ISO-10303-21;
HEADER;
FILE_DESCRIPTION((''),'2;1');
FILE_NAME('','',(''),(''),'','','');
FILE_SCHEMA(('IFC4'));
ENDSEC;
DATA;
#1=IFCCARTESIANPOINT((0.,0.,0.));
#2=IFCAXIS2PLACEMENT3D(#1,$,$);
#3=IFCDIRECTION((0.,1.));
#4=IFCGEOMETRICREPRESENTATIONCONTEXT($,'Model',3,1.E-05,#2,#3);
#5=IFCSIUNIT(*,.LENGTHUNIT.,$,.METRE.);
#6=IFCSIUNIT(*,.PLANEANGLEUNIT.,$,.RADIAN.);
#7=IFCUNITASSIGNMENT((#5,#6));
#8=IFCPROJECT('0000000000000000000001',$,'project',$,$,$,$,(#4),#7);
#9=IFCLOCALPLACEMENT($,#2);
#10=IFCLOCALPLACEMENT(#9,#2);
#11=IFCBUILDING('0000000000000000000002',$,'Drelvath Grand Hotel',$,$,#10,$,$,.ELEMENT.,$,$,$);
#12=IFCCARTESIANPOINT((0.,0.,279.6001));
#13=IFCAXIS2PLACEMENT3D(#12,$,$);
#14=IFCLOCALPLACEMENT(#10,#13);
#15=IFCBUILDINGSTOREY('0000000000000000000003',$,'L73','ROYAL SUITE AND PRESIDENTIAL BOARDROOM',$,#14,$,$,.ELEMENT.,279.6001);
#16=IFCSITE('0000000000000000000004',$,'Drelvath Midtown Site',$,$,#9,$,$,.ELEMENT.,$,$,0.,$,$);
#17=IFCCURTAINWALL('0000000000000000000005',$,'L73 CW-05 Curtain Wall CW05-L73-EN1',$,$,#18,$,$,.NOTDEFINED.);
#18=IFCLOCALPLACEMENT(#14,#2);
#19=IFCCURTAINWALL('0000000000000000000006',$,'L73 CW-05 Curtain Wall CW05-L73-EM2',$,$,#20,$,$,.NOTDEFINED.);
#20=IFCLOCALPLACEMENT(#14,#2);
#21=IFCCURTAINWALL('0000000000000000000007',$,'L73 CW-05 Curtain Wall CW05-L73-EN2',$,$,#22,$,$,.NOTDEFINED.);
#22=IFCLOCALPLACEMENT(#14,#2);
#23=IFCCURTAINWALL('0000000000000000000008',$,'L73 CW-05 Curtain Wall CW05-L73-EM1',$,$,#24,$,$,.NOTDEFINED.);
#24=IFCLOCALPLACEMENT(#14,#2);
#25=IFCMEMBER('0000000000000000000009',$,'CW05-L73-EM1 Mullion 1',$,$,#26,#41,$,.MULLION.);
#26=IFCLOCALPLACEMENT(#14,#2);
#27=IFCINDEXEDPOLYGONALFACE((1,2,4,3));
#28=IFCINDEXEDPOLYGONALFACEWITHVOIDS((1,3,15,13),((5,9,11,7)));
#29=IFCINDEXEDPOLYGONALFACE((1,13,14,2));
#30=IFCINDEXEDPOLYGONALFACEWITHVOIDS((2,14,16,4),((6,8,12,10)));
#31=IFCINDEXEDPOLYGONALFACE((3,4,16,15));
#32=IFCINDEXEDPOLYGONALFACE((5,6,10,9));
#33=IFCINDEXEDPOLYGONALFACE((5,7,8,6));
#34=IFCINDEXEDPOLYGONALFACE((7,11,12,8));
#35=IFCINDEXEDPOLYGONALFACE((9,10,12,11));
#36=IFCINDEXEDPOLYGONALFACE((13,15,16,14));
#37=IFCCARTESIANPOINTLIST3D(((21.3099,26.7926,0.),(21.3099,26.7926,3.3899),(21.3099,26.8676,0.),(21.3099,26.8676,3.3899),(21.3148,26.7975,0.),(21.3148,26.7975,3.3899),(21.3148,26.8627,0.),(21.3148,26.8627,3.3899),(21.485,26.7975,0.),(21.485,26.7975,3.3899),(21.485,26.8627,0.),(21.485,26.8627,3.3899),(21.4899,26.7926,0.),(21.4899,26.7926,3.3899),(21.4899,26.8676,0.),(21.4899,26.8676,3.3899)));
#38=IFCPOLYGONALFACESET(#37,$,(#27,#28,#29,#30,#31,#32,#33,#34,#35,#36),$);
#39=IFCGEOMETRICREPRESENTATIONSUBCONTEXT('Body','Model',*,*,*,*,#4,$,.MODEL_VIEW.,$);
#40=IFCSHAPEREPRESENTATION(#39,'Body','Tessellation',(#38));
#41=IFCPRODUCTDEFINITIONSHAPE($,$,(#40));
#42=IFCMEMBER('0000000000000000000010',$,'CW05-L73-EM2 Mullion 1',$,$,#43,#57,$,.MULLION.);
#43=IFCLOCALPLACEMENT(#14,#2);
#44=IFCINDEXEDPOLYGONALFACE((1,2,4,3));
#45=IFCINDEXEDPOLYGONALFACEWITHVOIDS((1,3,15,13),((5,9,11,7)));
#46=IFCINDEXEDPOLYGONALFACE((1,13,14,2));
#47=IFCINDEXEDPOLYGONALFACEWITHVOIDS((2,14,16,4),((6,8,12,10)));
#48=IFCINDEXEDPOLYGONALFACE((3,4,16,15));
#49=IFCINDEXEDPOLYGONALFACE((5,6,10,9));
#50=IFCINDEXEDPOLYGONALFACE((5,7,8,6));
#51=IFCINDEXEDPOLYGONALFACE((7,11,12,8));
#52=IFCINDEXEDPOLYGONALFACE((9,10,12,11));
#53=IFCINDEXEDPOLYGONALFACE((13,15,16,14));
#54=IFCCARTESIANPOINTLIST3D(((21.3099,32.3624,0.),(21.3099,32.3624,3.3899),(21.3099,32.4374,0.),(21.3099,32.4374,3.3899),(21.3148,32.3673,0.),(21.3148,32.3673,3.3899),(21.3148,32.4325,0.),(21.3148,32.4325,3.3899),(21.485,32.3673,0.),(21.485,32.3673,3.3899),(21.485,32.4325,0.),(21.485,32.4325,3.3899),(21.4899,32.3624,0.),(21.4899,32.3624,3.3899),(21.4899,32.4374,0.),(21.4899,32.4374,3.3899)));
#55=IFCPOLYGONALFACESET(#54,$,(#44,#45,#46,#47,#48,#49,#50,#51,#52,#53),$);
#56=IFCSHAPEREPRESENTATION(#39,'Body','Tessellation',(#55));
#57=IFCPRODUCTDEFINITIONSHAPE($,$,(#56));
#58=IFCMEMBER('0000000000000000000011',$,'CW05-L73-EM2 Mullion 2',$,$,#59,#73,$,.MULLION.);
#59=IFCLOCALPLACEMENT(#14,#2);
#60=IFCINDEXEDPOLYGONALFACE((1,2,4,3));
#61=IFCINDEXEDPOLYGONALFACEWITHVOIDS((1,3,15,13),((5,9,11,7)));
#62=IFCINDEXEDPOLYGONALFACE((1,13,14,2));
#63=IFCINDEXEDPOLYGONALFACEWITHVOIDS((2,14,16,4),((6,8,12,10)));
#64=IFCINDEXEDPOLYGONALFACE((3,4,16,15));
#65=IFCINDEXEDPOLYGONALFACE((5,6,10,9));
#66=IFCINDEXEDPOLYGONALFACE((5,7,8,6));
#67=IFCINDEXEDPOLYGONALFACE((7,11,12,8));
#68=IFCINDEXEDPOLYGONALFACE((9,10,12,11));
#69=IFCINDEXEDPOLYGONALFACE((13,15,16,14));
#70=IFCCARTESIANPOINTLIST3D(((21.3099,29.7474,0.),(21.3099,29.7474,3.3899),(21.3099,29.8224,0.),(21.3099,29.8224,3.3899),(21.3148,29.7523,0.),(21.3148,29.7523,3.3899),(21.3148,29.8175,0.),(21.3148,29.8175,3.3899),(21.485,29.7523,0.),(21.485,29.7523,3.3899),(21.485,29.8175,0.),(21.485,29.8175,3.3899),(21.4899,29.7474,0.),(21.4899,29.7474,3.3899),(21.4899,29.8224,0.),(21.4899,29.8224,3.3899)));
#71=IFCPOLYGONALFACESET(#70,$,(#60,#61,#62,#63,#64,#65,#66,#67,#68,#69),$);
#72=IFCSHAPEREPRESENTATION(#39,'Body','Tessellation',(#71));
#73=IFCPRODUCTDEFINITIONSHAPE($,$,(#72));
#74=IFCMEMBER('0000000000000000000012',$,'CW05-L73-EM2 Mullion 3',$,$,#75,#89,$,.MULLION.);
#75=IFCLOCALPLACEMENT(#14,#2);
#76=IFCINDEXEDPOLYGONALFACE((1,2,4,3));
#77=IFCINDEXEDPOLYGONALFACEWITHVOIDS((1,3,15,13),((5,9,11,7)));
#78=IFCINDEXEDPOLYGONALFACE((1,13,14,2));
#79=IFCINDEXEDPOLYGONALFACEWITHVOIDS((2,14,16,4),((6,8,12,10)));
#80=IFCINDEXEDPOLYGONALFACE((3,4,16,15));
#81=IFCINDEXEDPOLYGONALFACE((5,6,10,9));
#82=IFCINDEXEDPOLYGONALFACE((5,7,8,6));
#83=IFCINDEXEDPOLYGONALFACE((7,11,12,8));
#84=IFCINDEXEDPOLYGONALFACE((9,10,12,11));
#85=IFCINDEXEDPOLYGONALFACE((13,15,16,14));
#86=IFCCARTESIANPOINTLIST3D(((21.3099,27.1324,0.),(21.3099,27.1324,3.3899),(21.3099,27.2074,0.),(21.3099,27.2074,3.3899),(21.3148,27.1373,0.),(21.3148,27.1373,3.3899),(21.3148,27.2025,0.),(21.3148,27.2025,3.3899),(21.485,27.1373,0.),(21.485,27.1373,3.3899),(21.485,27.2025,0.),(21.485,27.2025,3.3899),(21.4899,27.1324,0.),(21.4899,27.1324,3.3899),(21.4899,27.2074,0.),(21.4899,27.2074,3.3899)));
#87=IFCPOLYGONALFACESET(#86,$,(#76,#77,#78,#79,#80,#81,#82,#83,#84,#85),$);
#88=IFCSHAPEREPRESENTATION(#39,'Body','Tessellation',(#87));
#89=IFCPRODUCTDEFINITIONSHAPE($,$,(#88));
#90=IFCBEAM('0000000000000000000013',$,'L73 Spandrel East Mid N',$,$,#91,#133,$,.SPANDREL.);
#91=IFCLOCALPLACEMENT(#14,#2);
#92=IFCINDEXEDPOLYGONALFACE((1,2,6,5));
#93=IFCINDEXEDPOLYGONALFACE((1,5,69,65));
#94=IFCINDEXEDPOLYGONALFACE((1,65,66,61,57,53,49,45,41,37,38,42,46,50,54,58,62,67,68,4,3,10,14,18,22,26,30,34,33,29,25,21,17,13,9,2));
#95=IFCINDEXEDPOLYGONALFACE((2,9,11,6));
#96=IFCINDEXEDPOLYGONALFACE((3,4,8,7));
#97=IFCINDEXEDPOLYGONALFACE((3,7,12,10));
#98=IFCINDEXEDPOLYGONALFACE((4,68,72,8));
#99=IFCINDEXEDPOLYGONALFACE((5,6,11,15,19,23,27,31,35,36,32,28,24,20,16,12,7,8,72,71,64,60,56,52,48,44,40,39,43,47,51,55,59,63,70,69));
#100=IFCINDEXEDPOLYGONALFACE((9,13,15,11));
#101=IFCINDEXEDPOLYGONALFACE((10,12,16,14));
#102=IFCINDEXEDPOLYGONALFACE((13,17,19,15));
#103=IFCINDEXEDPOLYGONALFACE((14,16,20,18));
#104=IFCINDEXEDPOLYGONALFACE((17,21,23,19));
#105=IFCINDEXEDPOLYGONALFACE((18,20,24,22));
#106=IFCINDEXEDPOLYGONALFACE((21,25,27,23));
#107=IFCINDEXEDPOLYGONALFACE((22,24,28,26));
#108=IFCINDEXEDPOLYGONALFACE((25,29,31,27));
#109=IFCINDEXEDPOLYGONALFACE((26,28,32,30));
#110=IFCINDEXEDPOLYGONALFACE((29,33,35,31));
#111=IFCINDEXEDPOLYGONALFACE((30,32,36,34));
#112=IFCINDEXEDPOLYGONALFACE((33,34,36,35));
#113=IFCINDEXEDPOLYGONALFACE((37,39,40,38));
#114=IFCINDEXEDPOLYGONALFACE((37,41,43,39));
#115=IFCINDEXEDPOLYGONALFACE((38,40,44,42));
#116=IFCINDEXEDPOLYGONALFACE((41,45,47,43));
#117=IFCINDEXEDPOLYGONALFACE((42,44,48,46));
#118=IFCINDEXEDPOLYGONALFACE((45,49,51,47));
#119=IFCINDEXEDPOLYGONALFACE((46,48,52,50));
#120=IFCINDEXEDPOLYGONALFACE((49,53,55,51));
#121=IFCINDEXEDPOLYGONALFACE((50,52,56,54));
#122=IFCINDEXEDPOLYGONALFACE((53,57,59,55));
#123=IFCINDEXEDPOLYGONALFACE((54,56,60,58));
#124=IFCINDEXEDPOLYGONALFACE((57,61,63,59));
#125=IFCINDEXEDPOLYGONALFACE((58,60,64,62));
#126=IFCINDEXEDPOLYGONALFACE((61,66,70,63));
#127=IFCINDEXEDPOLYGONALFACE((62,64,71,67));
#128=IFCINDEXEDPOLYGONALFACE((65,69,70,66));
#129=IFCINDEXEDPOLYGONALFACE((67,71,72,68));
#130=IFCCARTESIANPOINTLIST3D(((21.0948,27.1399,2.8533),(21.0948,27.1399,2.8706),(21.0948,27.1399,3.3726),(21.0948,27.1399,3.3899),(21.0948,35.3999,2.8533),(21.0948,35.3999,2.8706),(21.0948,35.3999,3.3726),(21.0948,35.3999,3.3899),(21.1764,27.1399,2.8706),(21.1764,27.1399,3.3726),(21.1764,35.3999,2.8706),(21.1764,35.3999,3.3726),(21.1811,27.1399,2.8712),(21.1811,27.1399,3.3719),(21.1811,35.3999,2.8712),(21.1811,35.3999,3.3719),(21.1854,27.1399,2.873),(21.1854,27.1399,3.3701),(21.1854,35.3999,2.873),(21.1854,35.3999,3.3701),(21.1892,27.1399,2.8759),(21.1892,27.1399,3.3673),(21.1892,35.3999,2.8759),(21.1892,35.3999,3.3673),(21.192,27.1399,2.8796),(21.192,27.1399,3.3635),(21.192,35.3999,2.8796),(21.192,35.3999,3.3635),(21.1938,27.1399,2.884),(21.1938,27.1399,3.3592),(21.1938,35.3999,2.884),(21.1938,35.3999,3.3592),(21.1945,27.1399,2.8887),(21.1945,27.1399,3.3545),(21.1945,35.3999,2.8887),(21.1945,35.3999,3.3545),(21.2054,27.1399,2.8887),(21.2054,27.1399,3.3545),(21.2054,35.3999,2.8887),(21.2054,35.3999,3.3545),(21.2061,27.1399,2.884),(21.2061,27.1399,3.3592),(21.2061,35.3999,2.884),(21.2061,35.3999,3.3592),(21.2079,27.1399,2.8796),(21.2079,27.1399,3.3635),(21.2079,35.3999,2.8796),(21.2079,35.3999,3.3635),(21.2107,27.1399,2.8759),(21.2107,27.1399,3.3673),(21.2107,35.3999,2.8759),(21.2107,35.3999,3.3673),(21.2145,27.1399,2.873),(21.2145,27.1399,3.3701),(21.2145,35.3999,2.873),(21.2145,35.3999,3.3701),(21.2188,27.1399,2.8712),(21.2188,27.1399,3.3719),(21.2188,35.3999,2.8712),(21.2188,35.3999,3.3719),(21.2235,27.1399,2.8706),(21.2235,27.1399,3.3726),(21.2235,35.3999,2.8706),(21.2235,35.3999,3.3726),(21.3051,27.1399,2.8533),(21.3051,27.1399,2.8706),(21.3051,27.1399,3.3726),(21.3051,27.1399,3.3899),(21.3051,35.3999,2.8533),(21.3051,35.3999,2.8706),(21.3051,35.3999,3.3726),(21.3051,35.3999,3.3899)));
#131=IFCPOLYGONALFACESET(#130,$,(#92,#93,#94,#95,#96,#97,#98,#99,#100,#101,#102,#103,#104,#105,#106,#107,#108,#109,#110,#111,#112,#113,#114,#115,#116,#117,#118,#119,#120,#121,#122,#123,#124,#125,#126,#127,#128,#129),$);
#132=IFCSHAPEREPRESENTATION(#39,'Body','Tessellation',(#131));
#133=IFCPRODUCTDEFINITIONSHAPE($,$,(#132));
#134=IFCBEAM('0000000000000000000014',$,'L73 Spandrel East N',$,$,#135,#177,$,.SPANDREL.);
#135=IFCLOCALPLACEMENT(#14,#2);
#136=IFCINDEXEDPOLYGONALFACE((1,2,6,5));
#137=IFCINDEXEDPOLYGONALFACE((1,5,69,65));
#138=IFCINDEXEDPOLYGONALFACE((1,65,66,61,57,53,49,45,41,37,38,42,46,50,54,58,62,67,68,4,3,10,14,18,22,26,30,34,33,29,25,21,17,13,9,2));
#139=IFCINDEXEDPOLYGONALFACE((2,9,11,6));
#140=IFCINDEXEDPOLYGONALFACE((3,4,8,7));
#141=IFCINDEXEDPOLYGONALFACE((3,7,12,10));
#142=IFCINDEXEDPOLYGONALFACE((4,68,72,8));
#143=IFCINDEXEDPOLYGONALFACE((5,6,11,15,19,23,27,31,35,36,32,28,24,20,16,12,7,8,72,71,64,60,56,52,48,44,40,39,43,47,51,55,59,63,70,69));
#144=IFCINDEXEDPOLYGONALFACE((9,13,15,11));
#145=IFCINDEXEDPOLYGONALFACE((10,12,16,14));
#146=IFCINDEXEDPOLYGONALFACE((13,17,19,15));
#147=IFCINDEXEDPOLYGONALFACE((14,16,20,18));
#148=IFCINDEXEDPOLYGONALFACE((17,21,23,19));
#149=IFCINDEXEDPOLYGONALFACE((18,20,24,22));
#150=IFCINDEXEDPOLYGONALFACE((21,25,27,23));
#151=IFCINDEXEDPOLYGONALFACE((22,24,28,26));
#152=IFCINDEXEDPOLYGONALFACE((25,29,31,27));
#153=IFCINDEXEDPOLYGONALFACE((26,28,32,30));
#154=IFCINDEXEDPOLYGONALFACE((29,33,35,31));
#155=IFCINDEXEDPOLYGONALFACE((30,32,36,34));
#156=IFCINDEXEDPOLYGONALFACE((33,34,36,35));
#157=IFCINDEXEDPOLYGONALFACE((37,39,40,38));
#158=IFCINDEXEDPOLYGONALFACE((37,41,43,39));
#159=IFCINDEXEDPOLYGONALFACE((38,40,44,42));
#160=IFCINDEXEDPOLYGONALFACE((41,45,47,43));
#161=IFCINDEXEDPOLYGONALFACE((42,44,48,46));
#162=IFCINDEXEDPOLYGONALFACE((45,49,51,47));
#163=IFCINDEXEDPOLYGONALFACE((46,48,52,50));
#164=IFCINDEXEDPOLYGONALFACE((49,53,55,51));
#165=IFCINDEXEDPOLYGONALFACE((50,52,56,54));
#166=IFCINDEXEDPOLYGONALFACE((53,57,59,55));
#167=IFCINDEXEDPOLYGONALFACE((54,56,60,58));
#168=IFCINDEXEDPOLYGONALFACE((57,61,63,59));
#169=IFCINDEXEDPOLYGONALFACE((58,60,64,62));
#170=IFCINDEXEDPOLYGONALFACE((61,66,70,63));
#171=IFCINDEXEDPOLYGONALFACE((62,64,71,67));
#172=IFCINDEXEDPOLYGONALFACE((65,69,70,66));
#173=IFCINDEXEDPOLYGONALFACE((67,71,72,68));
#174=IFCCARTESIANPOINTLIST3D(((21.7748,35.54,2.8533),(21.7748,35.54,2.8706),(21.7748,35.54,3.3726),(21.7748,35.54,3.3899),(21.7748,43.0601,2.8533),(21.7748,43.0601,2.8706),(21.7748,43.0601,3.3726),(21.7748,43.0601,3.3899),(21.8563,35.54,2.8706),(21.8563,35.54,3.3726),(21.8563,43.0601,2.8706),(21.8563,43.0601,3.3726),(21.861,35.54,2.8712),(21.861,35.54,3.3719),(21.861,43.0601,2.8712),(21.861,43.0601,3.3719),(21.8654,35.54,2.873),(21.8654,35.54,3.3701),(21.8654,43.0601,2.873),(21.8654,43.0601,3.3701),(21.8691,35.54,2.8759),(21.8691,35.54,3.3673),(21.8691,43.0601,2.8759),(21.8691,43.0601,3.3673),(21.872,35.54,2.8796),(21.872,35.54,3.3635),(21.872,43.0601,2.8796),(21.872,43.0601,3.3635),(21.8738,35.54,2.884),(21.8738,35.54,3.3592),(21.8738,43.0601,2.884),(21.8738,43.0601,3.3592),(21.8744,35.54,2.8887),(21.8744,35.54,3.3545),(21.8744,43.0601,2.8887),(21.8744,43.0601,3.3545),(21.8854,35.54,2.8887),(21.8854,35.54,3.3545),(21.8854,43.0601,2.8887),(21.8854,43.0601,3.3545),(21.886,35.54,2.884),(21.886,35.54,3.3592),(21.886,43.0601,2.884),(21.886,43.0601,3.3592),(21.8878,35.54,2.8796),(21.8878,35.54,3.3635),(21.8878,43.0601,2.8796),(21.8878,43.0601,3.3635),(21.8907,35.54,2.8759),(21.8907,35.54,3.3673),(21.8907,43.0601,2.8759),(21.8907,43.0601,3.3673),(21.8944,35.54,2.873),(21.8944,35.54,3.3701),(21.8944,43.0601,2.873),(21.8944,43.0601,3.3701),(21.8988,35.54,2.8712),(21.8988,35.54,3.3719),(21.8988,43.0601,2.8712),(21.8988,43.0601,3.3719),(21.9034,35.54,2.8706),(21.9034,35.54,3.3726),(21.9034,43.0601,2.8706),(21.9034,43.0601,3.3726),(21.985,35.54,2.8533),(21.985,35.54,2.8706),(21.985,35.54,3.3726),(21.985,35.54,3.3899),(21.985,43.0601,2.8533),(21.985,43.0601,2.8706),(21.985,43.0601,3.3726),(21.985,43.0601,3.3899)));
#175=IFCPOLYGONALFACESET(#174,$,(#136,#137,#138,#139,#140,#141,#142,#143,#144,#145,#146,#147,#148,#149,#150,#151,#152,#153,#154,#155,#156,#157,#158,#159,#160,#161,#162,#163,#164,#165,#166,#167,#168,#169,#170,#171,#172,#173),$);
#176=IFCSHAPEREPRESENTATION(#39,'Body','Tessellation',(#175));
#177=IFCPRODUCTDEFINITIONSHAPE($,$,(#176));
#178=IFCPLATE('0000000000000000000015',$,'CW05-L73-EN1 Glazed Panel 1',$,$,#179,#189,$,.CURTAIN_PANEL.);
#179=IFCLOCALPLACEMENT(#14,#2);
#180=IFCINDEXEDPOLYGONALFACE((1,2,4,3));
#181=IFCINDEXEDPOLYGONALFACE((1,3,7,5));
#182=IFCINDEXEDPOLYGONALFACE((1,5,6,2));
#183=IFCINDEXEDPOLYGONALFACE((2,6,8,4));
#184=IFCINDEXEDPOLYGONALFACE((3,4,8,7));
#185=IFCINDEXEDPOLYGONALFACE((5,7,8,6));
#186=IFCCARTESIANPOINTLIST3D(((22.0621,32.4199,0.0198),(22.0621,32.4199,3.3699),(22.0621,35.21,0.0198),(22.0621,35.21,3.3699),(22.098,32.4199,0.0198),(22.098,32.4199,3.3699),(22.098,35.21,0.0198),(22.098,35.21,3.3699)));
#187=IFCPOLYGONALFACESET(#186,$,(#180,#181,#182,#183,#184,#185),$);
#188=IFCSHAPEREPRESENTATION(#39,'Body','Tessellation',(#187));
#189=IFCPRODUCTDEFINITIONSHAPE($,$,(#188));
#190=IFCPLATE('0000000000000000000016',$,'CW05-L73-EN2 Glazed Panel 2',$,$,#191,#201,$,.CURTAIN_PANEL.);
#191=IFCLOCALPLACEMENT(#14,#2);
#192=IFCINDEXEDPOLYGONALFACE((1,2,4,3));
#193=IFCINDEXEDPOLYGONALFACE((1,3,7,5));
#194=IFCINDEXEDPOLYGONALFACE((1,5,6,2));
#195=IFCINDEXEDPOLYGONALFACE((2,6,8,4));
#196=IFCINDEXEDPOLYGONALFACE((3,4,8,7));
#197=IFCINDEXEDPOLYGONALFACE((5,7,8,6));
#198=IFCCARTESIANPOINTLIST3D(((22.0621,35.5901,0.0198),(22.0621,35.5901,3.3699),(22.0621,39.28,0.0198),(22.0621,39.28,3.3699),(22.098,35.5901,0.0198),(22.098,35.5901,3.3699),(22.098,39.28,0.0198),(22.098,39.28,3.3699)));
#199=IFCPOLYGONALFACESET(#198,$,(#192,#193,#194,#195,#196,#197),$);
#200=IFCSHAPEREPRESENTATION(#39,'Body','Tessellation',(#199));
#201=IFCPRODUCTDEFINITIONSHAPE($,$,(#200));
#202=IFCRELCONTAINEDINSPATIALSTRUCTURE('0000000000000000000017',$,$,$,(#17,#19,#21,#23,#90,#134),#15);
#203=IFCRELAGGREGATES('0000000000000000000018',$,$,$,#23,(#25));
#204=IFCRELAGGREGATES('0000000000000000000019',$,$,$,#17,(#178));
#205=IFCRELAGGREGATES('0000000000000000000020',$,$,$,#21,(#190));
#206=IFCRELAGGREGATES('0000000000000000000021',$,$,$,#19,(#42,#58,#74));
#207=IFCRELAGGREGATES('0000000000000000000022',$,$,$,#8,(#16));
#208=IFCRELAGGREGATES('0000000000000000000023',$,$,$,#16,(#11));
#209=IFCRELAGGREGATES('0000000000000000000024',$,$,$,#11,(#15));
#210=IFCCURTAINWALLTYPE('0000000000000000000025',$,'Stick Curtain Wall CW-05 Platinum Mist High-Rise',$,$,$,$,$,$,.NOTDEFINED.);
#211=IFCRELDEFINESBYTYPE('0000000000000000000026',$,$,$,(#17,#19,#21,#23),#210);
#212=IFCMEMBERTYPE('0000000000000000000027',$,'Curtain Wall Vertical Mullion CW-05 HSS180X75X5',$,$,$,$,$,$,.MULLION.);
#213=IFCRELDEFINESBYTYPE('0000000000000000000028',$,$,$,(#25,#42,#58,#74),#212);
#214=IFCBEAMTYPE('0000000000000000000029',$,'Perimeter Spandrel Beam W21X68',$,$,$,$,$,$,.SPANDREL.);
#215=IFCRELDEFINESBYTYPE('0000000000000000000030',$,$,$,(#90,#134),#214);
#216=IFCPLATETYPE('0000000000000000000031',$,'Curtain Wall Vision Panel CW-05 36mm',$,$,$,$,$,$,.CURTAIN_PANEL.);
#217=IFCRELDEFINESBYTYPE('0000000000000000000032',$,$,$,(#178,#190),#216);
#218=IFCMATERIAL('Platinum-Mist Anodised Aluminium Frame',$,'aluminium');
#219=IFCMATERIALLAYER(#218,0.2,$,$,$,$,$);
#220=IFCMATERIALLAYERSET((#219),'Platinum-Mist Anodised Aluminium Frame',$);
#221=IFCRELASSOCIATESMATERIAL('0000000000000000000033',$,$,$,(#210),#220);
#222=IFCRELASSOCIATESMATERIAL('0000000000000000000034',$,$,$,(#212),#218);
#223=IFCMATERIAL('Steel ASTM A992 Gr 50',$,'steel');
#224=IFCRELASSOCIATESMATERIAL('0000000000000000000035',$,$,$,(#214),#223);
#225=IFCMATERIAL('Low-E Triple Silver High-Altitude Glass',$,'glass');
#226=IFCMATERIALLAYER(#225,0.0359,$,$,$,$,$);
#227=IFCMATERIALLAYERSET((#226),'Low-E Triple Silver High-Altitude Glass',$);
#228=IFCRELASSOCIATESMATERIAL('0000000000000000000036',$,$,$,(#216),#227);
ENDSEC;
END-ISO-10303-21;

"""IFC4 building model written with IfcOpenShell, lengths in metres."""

from ifc_helpers import new_model, si_unit, direction, frame, origin, origin_2d, place, context, subcontext, project, spatial, rectangle, hollow_rectangle, i_section, extrude, material, layer, layer_set, material_profile, profile_set, type_object, element, aggregate, save


model = new_model("IFC4")

# Units and contexts
model_context = context("Model", 3, precision=1e-05, world=origin(), true_north=direction((0.0, 1.0)))
body_context = subcontext(model_context, "Body", "Model", "MODEL_VIEW")
ifc_project = project(units=[si_unit("LENGTHUNIT", "METRE"), si_unit("PLANEANGLEUNIT", "RADIAN")], contexts=[model_context])

# Site, building, storey
site_placement = place(None, origin())
site = spatial("IfcSite", under=ifc_project, at=site_placement, Name="Drelvath Midtown Site", CompositionType="ELEMENT", RefElevation=0.0)
building_placement = place(site_placement, origin())
building = spatial("IfcBuilding", under=site, at=building_placement, Name="Drelvath Grand Hotel", CompositionType="ELEMENT")
storey_placement = place(building_placement, frame((0.0, 0.0, 279.6001)))
storey = spatial("IfcBuildingStorey", under=building, at=storey_placement, Name="L73", Description="ROYAL SUITE AND PRESIDENTIAL BOARDROOM", CompositionType="ELEMENT", Elevation=279.6001)

# Curtain walls
ifc_material_1 = material(Name="Platinum-Mist Anodised Aluminium Frame", Category="aluminium")
ifc_layer_1 = layer(ifc_material_1, 0.2)
ifc_layer_set_1 = layer_set([ifc_layer_1], Name="Platinum-Mist Anodised Aluminium Frame")
curtain_wall_type = type_object("IfcCurtainWallType", Name="Stick Curtain Wall CW-05 Platinum Mist High-Rise", PredefinedType="NOTDEFINED", material=ifc_layer_set_1)
curtain_wall_1_placement = place(storey_placement, origin())
curtain_wall_1 = element("IfcCurtainWall", 1, at=curtain_wall_1_placement, inside=storey, type_object=curtain_wall_type, Name="L73 CW-05 Curtain Wall CW05-L73-EN1", PredefinedType="NOTDEFINED")
curtain_wall_2_placement = place(storey_placement, origin())
curtain_wall_2 = element("IfcCurtainWall", 2, at=curtain_wall_2_placement, inside=storey, type_object=curtain_wall_type, Name="L73 CW-05 Curtain Wall CW05-L73-EM2", PredefinedType="NOTDEFINED")

# Shared definitions
ifc_material_profile_1 = material_profile(ifc_material_1, hollow_rectangle(XDim=0.075, YDim=0.1799, WallThickness=0.0049, at=origin_2d()), Name="HSS180X75X5")
ifc_profile_set_1 = profile_set([ifc_material_profile_1], Name="Platinum-Mist Anodised Aluminium Frame")
member_type_1 = type_object("IfcMemberType", Name="Curtain Wall Vertical Mullion CW-05 HSS180X75X5", PredefinedType="MULLION", material=ifc_profile_set_1)

# Curtain walls, member
curtain_wall_3_placement = place(storey_placement, origin())
curtain_wall_3 = element("IfcCurtainWall", 3, at=curtain_wall_3_placement, inside=storey, type_object=curtain_wall_type, Name="L73 CW-05 Curtain Wall CW05-L73-EN2", PredefinedType="NOTDEFINED")
curtain_wall_4_placement = place(storey_placement, origin())
curtain_wall_4 = element("IfcCurtainWall", 4, at=curtain_wall_4_placement, inside=storey, type_object=curtain_wall_type, Name="L73 CW-05 Curtain Wall CW05-L73-EM1", PredefinedType="NOTDEFINED")
member_1_placement = place(storey_placement, frame((21.3999, 26.8301, 0.0), z_axis=(0.0, 0.0, 1.0), x_axis=(0.0, 1.0, 0.0)))
member_1 = element("IfcMember", 5, at=member_1_placement, type_object=member_type_1, Name="CW05-L73-EM1 Mullion 1", PredefinedType="MULLION", context=body_context, shape_type="SweptSolid", body=[
    extrude(hollow_rectangle(XDim=0.075, YDim=0.1799, WallThickness=0.0049, at=origin_2d()), origin(), (0.0, 0.0, 1.0), 3.3899),
])
aggregate(curtain_wall_4, [member_1])

# Members
member_2_placement = place(storey_placement, frame((21.3999, 32.3999, 0.0), z_axis=(0.0, 0.0, 1.0), x_axis=(0.0, 1.0, 0.0)))
member_2 = element("IfcMember", 6, at=member_2_placement, type_object=member_type_1, Name="CW05-L73-EM2 Mullion 1", PredefinedType="MULLION", context=body_context, shape_type="SweptSolid", body=[
    extrude(hollow_rectangle(XDim=0.075, YDim=0.1799, WallThickness=0.0049, at=origin_2d()), origin(), (0.0, 0.0, 1.0), 3.3899),
])
member_3_placement = place(storey_placement, frame((21.3999, 29.7849, 0.0), z_axis=(0.0, 0.0, 1.0), x_axis=(0.0, 1.0, 0.0)))
member_3 = element("IfcMember", 7, at=member_3_placement, type_object=member_type_1, Name="CW05-L73-EM2 Mullion 2", PredefinedType="MULLION", context=body_context, shape_type="SweptSolid", body=[
    extrude(hollow_rectangle(XDim=0.075, YDim=0.1799, WallThickness=0.0049, at=origin_2d()), origin(), (0.0, 0.0, 1.0), 3.3899),
])
member_4_placement = place(storey_placement, frame((21.3999, 27.1699, 0.0), z_axis=(0.0, 0.0, 1.0), x_axis=(0.0, 1.0, 0.0)))
member_4 = element("IfcMember", 8, at=member_4_placement, type_object=member_type_1, Name="CW05-L73-EM2 Mullion 3", PredefinedType="MULLION", context=body_context, shape_type="SweptSolid", body=[
    extrude(hollow_rectangle(XDim=0.075, YDim=0.1799, WallThickness=0.0049, at=origin_2d()), origin(), (0.0, 0.0, 1.0), 3.3899),
])

# Beams
ifc_material_2 = material(Name="Steel ASTM A992 Gr 50", Category="steel")
ifc_material_profile_2 = material_profile(ifc_material_2, i_section(OverallWidth=0.2102, OverallDepth=0.5366, WebThickness=0.011, FlangeThickness=0.0173, FilletRadius=0.0181, at=origin_2d()), Name="W21X68")
ifc_profile_set_2 = profile_set([ifc_material_profile_2], Name="Steel ASTM A992 Gr 50")
beam_type = type_object("IfcBeamType", Name="Perimeter Spandrel Beam W21X68", PredefinedType="SPANDREL", material=ifc_profile_set_2)
beam_1_placement = place(storey_placement, frame((21.2, 27.1399, 3.1216), z_axis=(0.0, 1.0, 0.0), x_axis=(-1.0, 0.0, 0.0)))
element("IfcBeam", 9, at=beam_1_placement, inside=storey, type_object=beam_type, Name="L73 Spandrel East Mid N", PredefinedType="SPANDREL", context=body_context, shape_type="SweptSolid", body=[
    extrude(i_section(OverallWidth=0.2102, OverallDepth=0.5366, WebThickness=0.011, FlangeThickness=0.0173, FilletRadius=0.0181, at=origin_2d()), origin(), (0.0, 0.0, 1.0), 8.26),
])
beam_2_placement = place(storey_placement, frame((21.8799, 35.54, 3.1216), z_axis=(0.0, 1.0, 0.0), x_axis=(-1.0, 0.0, 0.0)))
element("IfcBeam", 10, at=beam_2_placement, inside=storey, type_object=beam_type, Name="L73 Spandrel East N", PredefinedType="SPANDREL", context=body_context, shape_type="SweptSolid", body=[
    extrude(i_section(OverallWidth=0.2102, OverallDepth=0.5366, WebThickness=0.011, FlangeThickness=0.0173, FilletRadius=0.0181, at=origin_2d()), origin(), (0.0, 0.0, 1.0), 7.52),
])

# Plates
ifc_material_3 = material(Name="Low-E Triple Silver High-Altitude Glass", Category="glass")
ifc_layer_2 = layer(ifc_material_3, 0.0359)
ifc_layer_set_2 = layer_set([ifc_layer_2], Name="Low-E Triple Silver High-Altitude Glass")
plate_type = type_object("IfcPlateType", Name="Curtain Wall Vision Panel CW-05 36mm", PredefinedType="CURTAIN_PANEL", material=ifc_layer_set_2)
plate_1_placement = place(storey_placement, frame((22.0801, 33.8149, 0.0198), z_axis=(0.0, 0.0, 1.0), x_axis=(0.0, -1.0, 0.0)))
plate_1 = element("IfcPlate", 11, at=plate_1_placement, type_object=plate_type, Name="CW05-L73-EN1 Glazed Panel 1", PredefinedType="CURTAIN_PANEL", context=body_context, shape_type="SweptSolid", body=[
    extrude(rectangle(XDim=2.79, YDim=0.0359, at=origin_2d()), origin(), (0.0, 0.0, 1.0), 3.3501),
])
aggregate(curtain_wall_1, [plate_1])
plate_2_placement = place(storey_placement, frame((22.0801, 37.4351, 0.0198), z_axis=(0.0, 0.0, 1.0), x_axis=(0.0, -1.0, 0.0)))
plate_2 = element("IfcPlate", 12, at=plate_2_placement, type_object=plate_type, Name="CW05-L73-EN2 Glazed Panel 2", PredefinedType="CURTAIN_PANEL", context=body_context, shape_type="SweptSolid", body=[
    extrude(rectangle(XDim=3.6899, YDim=0.0359, at=origin_2d()), origin(), (0.0, 0.0, 1.0), 3.3501),
])
aggregate(curtain_wall_3, [plate_2])
aggregate(curtain_wall_2, [member_2, member_3, member_4])

save(model, "model.ifc")
